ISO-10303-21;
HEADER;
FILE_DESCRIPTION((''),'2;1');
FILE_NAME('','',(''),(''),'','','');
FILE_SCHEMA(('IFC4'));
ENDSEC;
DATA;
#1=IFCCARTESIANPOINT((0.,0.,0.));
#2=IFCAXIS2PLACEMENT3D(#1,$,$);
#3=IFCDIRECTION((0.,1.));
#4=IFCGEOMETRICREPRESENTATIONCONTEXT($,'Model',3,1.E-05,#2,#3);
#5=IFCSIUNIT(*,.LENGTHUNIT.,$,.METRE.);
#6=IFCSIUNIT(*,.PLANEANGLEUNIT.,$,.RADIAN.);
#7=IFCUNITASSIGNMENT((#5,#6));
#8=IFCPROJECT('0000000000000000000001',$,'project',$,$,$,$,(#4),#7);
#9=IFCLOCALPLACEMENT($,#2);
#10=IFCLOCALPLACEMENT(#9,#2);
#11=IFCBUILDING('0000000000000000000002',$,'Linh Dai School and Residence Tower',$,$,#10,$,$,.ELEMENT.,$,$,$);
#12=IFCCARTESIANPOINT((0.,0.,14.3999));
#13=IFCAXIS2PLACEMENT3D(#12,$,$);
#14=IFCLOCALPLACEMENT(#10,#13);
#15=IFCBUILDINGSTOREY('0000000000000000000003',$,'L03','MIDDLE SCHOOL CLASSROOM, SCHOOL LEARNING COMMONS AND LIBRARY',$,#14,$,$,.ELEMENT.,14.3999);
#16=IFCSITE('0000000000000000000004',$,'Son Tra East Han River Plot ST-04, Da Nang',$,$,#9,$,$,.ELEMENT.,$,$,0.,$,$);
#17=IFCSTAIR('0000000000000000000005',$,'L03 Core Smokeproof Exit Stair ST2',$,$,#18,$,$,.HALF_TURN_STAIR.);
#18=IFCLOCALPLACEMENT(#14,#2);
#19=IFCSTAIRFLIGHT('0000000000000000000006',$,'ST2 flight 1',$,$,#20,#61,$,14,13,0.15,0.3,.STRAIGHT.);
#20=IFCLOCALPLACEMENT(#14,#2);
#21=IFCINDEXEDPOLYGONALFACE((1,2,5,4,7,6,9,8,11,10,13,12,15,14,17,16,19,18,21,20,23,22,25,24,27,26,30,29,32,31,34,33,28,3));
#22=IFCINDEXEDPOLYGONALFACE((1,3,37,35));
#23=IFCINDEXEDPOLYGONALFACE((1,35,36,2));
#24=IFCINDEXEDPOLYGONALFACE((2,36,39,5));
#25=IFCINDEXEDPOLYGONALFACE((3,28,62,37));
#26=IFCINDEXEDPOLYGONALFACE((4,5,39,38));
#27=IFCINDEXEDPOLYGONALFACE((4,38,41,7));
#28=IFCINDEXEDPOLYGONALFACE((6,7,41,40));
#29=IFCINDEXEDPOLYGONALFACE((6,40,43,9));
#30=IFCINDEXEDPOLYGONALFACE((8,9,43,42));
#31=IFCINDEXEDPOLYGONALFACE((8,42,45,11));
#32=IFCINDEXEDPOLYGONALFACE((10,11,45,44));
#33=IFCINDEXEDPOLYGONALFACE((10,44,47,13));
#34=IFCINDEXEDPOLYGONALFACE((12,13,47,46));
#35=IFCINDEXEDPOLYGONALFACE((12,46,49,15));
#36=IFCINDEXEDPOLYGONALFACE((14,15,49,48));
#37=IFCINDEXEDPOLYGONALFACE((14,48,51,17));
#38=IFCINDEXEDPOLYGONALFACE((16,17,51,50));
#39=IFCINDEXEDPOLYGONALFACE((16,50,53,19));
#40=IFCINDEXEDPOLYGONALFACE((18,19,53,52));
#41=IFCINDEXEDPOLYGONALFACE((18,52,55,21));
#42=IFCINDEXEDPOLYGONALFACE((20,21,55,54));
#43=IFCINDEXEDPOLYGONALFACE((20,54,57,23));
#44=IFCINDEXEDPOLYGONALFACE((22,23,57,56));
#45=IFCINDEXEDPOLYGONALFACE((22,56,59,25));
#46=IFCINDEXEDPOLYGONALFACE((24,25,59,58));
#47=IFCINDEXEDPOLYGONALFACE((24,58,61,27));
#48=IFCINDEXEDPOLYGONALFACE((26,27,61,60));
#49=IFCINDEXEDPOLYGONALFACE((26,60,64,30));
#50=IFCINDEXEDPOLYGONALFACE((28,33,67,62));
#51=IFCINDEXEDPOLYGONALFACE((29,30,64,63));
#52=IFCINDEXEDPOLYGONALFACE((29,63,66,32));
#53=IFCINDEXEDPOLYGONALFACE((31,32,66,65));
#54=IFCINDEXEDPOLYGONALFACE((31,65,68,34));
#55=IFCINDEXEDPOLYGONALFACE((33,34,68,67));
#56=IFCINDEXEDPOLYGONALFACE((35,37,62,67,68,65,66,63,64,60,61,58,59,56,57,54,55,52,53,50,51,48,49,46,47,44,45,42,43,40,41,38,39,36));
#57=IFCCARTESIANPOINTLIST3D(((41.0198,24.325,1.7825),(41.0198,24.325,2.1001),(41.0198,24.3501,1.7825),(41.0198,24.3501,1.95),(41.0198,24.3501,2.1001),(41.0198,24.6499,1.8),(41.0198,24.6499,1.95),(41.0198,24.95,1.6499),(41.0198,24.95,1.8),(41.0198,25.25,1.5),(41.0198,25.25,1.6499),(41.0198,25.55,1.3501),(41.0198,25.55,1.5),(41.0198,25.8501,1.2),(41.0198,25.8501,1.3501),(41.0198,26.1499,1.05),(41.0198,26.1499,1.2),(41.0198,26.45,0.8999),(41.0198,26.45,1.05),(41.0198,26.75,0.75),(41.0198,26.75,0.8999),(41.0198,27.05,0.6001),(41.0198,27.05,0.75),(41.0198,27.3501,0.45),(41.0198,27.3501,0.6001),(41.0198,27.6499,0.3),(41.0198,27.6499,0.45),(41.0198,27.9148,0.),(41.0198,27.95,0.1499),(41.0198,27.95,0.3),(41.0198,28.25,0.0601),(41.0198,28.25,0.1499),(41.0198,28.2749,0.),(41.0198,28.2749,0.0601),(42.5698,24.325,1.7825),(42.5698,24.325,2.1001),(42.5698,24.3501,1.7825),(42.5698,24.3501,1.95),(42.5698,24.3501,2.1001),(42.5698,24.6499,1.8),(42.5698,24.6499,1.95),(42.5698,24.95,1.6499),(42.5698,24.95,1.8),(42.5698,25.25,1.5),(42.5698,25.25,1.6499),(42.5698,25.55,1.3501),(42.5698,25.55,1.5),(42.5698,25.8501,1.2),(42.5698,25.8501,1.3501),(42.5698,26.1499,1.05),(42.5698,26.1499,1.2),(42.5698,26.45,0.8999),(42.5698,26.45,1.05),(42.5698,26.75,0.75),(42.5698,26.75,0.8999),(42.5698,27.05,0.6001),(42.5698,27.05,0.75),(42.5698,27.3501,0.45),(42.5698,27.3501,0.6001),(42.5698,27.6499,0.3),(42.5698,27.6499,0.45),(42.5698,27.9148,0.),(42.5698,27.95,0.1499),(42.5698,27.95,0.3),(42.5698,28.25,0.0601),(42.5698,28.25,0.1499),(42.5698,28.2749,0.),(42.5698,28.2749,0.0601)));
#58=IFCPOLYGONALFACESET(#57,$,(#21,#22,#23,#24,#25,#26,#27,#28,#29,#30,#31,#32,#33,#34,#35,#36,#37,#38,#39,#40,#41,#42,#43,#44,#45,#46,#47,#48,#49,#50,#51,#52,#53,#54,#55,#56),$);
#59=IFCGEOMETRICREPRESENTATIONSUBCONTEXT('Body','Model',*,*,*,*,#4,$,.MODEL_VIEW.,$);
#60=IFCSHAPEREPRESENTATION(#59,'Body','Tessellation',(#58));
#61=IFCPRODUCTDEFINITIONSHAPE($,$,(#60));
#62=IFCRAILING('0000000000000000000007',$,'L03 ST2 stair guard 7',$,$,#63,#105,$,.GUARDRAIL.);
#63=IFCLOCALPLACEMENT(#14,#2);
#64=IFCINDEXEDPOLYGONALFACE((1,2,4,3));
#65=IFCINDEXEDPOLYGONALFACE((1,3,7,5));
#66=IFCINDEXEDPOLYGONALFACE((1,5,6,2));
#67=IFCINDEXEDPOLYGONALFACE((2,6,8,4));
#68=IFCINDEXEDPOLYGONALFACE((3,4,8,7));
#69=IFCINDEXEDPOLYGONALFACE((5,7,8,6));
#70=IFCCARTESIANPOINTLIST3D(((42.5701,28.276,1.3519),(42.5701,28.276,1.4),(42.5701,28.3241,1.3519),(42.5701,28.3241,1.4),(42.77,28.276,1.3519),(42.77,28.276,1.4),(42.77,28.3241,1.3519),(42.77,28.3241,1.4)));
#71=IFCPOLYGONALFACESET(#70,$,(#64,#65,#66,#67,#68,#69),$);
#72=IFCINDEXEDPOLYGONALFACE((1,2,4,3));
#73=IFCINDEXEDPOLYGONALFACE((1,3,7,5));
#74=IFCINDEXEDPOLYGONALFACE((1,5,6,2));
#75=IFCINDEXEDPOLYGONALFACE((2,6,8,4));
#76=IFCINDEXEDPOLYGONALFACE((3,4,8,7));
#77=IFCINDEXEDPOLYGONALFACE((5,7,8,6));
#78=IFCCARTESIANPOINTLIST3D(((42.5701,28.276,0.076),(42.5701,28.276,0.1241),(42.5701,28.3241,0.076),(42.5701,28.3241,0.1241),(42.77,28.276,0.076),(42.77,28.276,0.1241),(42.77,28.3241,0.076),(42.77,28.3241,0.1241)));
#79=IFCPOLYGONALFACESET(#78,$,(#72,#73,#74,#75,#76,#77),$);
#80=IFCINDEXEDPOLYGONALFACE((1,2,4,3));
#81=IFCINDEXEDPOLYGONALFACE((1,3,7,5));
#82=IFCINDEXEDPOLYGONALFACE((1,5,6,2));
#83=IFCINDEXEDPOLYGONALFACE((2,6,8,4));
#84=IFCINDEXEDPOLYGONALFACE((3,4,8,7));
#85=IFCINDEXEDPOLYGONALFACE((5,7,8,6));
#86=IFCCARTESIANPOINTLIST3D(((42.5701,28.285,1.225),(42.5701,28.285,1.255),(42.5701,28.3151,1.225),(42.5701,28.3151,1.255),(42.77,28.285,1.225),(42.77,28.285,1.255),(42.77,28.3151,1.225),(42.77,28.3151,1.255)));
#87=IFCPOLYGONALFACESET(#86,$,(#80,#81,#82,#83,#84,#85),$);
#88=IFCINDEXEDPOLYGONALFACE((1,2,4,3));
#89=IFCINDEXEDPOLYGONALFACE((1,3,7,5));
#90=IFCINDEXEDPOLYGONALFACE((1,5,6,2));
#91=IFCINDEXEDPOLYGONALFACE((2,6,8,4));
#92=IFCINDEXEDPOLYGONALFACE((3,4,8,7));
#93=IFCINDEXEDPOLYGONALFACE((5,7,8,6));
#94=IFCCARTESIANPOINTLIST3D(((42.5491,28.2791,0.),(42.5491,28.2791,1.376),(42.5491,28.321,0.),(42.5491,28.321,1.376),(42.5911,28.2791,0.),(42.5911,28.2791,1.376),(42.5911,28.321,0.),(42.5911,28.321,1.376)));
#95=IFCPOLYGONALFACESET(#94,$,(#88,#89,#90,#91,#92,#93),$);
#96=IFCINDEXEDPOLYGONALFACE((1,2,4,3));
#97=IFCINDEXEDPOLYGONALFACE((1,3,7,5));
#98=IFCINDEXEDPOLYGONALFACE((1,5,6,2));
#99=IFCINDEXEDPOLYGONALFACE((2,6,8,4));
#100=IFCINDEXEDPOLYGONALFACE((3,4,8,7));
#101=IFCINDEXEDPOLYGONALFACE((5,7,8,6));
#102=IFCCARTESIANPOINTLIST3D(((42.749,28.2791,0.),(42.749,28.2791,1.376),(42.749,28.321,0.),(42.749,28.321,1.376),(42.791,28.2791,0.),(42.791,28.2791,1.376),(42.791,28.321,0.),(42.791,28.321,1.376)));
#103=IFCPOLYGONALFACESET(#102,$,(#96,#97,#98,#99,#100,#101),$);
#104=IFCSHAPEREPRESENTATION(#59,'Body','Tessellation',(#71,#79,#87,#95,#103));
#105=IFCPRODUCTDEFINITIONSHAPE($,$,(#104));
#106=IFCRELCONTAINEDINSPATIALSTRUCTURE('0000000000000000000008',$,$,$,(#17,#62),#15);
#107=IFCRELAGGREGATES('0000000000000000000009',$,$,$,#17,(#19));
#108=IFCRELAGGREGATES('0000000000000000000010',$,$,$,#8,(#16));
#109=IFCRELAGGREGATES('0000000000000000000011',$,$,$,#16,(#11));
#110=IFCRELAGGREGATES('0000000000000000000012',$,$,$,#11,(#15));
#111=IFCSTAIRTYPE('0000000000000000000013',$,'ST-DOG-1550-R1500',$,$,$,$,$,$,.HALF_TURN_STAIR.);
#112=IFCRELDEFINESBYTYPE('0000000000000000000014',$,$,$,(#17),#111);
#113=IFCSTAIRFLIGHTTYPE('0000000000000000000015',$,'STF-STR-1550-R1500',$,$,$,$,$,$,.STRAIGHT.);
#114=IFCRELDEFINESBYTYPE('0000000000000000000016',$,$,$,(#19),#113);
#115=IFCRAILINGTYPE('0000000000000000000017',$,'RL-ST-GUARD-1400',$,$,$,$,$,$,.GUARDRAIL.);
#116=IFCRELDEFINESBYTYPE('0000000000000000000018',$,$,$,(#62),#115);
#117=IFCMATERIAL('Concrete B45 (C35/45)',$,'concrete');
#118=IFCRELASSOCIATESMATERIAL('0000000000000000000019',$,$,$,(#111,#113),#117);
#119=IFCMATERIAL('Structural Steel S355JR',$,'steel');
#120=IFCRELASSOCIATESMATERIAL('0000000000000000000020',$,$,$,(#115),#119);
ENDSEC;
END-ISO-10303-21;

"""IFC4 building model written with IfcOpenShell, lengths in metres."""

from ifc_helpers import new_model, si_unit, direction, frame, origin, origin_2d, place, context, subcontext, project, spatial, polyline, rectangle, outline, extrude, source, transform, mapped, material, type_object, element, aggregate, save


model = new_model("IFC4")

# Units and contexts
model_context = context("Model", 3, precision=1e-05, world=origin(), true_north=direction((0.0, 1.0)))
body_context = subcontext(model_context, "Body", "Model", "MODEL_VIEW")
ifc_project = project(units=[si_unit("LENGTHUNIT", "METRE"), si_unit("PLANEANGLEUNIT", "RADIAN")], contexts=[model_context])

# Site, building, storey
site_placement = place(None, origin())
site = spatial("IfcSite", under=ifc_project, at=site_placement, Name="Son Tra East Han River Plot ST-04, Da Nang", CompositionType="ELEMENT", RefElevation=0.0)
building_placement = place(site_placement, origin())
building = spatial("IfcBuilding", under=site, at=building_placement, Name="Linh Dai School and Residence Tower", CompositionType="ELEMENT")
storey_placement = place(building_placement, frame((0.0, 0.0, 14.3999)))
storey = spatial("IfcBuildingStorey", under=building, at=storey_placement, Name="L03", Description="MIDDLE SCHOOL CLASSROOM, SCHOOL LEARNING COMMONS AND LIBRARY", CompositionType="ELEMENT", Elevation=14.3999)

# Shared definitions
ifc_material_1 = material(Name="Structural Steel S355JR", Category="steel")

# Shared definitions
ifc_material_2 = material(Name="Concrete B45 (C35/45)", Category="concrete")

# Stair, stair flight
stair_type = type_object("IfcStairType", Name="ST-DOG-1550-R1500", PredefinedType="HALF_TURN_STAIR", material=ifc_material_2)
stair_placement = place(storey_placement, origin())
stair = element("IfcStair", 1, at=stair_placement, inside=storey, type_object=stair_type, Name="L03 Core Smokeproof Exit Stair ST2", PredefinedType="HALF_TURN_STAIR")
stair_flight_type = type_object("IfcStairFlightType", Name="STF-STR-1550-R1500", PredefinedType="STRAIGHT", material=ifc_material_2)
shared_shape_1 = source(origin(), body_context, "Body", "SweptSolid", [
    extrude(outline(polyline([(-0.0249, 0.0), (-0.0249, 0.0601), (0.0, 0.0601), (0.0, 0.1499), (0.3, 0.1499), (0.3, 0.3), (0.6001, 0.3), (0.6001, 0.45), (0.8999, 0.45), (0.8999, 0.6001), (1.2, 0.6001), (1.2, 0.75), (1.5, 0.75), (1.5, 0.8999), (1.8, 0.8999), (1.8, 1.05), (2.1001, 1.05), (2.1001, 1.2), (2.3999, 1.2), (2.3999, 1.3501), (2.7, 1.3501), (2.7, 1.5), (3.0, 1.5), (3.0, 1.6499), (3.3, 1.6499), (3.3, 1.8), (3.6001, 1.8), (3.6001, 1.95), (3.8999, 1.95), (3.8999, 2.1001), (3.925, 2.1001), (3.925, 1.7825), (3.8999, 1.7825), (0.3352, 0.0), (-0.0249, 0.0)])), frame((0.0, 0.7749, 0.0), z_axis=(0.0, -1.0, 0.0), x_axis=(1.0, 0.0, 0.0)), (0.0, 0.0, 1.0), 1.55),
])
stair_flight_placement = place(storey_placement, frame((41.7949, 28.25, 0.0), z_axis=(0.0, 0.0, 1.0), x_axis=(0.0, -1.0, 0.0)))
stair_flight = element("IfcStairFlight", 2, at=stair_flight_placement, type_object=stair_flight_type, Name="ST2 flight 1", NumberOfRisers=14, NumberOfTreads=13, PredefinedType="STRAIGHT", RiserHeight=0.15, TreadLength=0.3, context=body_context, shape_type="MappedRepresentation", body=[
    mapped(shared_shape_1, transform((0.0, 0.0, 0.0), x_axis=(1.0, 0.0, 0.0), y_axis=(0.0, 1.0, 0.0), z_axis=(0.0, 0.0, 1.0), scale=1.0)),
])
aggregate(stair, [stair_flight])

# Railing
railing_type_1 = type_object("IfcRailingType", Name="RL-ST-GUARD-1400", PredefinedType="GUARDRAIL", material=ifc_material_1)
shared_shape_2 = source(origin(), body_context, "Body", "SweptSolid", [
    extrude(rectangle(XDim=0.0481, YDim=0.0481, at=origin_2d()), frame((0.0, 0.0, 1.376), z_axis=(1.0, 0.0, 0.0), x_axis=(0.0, 1.0, 0.0)), (0.0, 0.0, 1.0), 0.2),
    extrude(rectangle(XDim=0.0481, YDim=0.0481, at=origin_2d()), frame((0.0, 0.0, 0.1001), z_axis=(1.0, 0.0, 0.0), x_axis=(0.0, 1.0, 0.0)), (0.0, 0.0, 1.0), 0.2),
    extrude(rectangle(XDim=0.03, YDim=0.03, at=origin_2d()), frame((0.0, 0.0, 1.24), z_axis=(1.0, 0.0, 0.0), x_axis=(0.0, 1.0, 0.0)), (0.0, 0.0, 1.0), 0.2),
    extrude(rectangle(XDim=0.042, YDim=0.042, at=origin_2d()), origin(), (0.0, 0.0, 1.0), 1.376),
    extrude(rectangle(XDim=0.042, YDim=0.042, at=origin_2d()), frame((0.2, 0.0, 0.0)), (0.0, 0.0, 1.0), 1.376),
])
railing_1_placement = place(storey_placement, frame((42.5701, 28.3, 0.0)))
element("IfcRailing", 3, at=railing_1_placement, inside=storey, type_object=railing_type_1, Name="L03 ST2 stair guard 7", PredefinedType="GUARDRAIL", context=body_context, shape_type="MappedRepresentation", body=[
    mapped(shared_shape_2, transform((0.0, 0.0, 0.0), x_axis=(1.0, 0.0, 0.0), y_axis=(0.0, 1.0, 0.0), z_axis=(0.0, 0.0, 1.0), scale=1.0)),
])

save(model, "model.ifc")
